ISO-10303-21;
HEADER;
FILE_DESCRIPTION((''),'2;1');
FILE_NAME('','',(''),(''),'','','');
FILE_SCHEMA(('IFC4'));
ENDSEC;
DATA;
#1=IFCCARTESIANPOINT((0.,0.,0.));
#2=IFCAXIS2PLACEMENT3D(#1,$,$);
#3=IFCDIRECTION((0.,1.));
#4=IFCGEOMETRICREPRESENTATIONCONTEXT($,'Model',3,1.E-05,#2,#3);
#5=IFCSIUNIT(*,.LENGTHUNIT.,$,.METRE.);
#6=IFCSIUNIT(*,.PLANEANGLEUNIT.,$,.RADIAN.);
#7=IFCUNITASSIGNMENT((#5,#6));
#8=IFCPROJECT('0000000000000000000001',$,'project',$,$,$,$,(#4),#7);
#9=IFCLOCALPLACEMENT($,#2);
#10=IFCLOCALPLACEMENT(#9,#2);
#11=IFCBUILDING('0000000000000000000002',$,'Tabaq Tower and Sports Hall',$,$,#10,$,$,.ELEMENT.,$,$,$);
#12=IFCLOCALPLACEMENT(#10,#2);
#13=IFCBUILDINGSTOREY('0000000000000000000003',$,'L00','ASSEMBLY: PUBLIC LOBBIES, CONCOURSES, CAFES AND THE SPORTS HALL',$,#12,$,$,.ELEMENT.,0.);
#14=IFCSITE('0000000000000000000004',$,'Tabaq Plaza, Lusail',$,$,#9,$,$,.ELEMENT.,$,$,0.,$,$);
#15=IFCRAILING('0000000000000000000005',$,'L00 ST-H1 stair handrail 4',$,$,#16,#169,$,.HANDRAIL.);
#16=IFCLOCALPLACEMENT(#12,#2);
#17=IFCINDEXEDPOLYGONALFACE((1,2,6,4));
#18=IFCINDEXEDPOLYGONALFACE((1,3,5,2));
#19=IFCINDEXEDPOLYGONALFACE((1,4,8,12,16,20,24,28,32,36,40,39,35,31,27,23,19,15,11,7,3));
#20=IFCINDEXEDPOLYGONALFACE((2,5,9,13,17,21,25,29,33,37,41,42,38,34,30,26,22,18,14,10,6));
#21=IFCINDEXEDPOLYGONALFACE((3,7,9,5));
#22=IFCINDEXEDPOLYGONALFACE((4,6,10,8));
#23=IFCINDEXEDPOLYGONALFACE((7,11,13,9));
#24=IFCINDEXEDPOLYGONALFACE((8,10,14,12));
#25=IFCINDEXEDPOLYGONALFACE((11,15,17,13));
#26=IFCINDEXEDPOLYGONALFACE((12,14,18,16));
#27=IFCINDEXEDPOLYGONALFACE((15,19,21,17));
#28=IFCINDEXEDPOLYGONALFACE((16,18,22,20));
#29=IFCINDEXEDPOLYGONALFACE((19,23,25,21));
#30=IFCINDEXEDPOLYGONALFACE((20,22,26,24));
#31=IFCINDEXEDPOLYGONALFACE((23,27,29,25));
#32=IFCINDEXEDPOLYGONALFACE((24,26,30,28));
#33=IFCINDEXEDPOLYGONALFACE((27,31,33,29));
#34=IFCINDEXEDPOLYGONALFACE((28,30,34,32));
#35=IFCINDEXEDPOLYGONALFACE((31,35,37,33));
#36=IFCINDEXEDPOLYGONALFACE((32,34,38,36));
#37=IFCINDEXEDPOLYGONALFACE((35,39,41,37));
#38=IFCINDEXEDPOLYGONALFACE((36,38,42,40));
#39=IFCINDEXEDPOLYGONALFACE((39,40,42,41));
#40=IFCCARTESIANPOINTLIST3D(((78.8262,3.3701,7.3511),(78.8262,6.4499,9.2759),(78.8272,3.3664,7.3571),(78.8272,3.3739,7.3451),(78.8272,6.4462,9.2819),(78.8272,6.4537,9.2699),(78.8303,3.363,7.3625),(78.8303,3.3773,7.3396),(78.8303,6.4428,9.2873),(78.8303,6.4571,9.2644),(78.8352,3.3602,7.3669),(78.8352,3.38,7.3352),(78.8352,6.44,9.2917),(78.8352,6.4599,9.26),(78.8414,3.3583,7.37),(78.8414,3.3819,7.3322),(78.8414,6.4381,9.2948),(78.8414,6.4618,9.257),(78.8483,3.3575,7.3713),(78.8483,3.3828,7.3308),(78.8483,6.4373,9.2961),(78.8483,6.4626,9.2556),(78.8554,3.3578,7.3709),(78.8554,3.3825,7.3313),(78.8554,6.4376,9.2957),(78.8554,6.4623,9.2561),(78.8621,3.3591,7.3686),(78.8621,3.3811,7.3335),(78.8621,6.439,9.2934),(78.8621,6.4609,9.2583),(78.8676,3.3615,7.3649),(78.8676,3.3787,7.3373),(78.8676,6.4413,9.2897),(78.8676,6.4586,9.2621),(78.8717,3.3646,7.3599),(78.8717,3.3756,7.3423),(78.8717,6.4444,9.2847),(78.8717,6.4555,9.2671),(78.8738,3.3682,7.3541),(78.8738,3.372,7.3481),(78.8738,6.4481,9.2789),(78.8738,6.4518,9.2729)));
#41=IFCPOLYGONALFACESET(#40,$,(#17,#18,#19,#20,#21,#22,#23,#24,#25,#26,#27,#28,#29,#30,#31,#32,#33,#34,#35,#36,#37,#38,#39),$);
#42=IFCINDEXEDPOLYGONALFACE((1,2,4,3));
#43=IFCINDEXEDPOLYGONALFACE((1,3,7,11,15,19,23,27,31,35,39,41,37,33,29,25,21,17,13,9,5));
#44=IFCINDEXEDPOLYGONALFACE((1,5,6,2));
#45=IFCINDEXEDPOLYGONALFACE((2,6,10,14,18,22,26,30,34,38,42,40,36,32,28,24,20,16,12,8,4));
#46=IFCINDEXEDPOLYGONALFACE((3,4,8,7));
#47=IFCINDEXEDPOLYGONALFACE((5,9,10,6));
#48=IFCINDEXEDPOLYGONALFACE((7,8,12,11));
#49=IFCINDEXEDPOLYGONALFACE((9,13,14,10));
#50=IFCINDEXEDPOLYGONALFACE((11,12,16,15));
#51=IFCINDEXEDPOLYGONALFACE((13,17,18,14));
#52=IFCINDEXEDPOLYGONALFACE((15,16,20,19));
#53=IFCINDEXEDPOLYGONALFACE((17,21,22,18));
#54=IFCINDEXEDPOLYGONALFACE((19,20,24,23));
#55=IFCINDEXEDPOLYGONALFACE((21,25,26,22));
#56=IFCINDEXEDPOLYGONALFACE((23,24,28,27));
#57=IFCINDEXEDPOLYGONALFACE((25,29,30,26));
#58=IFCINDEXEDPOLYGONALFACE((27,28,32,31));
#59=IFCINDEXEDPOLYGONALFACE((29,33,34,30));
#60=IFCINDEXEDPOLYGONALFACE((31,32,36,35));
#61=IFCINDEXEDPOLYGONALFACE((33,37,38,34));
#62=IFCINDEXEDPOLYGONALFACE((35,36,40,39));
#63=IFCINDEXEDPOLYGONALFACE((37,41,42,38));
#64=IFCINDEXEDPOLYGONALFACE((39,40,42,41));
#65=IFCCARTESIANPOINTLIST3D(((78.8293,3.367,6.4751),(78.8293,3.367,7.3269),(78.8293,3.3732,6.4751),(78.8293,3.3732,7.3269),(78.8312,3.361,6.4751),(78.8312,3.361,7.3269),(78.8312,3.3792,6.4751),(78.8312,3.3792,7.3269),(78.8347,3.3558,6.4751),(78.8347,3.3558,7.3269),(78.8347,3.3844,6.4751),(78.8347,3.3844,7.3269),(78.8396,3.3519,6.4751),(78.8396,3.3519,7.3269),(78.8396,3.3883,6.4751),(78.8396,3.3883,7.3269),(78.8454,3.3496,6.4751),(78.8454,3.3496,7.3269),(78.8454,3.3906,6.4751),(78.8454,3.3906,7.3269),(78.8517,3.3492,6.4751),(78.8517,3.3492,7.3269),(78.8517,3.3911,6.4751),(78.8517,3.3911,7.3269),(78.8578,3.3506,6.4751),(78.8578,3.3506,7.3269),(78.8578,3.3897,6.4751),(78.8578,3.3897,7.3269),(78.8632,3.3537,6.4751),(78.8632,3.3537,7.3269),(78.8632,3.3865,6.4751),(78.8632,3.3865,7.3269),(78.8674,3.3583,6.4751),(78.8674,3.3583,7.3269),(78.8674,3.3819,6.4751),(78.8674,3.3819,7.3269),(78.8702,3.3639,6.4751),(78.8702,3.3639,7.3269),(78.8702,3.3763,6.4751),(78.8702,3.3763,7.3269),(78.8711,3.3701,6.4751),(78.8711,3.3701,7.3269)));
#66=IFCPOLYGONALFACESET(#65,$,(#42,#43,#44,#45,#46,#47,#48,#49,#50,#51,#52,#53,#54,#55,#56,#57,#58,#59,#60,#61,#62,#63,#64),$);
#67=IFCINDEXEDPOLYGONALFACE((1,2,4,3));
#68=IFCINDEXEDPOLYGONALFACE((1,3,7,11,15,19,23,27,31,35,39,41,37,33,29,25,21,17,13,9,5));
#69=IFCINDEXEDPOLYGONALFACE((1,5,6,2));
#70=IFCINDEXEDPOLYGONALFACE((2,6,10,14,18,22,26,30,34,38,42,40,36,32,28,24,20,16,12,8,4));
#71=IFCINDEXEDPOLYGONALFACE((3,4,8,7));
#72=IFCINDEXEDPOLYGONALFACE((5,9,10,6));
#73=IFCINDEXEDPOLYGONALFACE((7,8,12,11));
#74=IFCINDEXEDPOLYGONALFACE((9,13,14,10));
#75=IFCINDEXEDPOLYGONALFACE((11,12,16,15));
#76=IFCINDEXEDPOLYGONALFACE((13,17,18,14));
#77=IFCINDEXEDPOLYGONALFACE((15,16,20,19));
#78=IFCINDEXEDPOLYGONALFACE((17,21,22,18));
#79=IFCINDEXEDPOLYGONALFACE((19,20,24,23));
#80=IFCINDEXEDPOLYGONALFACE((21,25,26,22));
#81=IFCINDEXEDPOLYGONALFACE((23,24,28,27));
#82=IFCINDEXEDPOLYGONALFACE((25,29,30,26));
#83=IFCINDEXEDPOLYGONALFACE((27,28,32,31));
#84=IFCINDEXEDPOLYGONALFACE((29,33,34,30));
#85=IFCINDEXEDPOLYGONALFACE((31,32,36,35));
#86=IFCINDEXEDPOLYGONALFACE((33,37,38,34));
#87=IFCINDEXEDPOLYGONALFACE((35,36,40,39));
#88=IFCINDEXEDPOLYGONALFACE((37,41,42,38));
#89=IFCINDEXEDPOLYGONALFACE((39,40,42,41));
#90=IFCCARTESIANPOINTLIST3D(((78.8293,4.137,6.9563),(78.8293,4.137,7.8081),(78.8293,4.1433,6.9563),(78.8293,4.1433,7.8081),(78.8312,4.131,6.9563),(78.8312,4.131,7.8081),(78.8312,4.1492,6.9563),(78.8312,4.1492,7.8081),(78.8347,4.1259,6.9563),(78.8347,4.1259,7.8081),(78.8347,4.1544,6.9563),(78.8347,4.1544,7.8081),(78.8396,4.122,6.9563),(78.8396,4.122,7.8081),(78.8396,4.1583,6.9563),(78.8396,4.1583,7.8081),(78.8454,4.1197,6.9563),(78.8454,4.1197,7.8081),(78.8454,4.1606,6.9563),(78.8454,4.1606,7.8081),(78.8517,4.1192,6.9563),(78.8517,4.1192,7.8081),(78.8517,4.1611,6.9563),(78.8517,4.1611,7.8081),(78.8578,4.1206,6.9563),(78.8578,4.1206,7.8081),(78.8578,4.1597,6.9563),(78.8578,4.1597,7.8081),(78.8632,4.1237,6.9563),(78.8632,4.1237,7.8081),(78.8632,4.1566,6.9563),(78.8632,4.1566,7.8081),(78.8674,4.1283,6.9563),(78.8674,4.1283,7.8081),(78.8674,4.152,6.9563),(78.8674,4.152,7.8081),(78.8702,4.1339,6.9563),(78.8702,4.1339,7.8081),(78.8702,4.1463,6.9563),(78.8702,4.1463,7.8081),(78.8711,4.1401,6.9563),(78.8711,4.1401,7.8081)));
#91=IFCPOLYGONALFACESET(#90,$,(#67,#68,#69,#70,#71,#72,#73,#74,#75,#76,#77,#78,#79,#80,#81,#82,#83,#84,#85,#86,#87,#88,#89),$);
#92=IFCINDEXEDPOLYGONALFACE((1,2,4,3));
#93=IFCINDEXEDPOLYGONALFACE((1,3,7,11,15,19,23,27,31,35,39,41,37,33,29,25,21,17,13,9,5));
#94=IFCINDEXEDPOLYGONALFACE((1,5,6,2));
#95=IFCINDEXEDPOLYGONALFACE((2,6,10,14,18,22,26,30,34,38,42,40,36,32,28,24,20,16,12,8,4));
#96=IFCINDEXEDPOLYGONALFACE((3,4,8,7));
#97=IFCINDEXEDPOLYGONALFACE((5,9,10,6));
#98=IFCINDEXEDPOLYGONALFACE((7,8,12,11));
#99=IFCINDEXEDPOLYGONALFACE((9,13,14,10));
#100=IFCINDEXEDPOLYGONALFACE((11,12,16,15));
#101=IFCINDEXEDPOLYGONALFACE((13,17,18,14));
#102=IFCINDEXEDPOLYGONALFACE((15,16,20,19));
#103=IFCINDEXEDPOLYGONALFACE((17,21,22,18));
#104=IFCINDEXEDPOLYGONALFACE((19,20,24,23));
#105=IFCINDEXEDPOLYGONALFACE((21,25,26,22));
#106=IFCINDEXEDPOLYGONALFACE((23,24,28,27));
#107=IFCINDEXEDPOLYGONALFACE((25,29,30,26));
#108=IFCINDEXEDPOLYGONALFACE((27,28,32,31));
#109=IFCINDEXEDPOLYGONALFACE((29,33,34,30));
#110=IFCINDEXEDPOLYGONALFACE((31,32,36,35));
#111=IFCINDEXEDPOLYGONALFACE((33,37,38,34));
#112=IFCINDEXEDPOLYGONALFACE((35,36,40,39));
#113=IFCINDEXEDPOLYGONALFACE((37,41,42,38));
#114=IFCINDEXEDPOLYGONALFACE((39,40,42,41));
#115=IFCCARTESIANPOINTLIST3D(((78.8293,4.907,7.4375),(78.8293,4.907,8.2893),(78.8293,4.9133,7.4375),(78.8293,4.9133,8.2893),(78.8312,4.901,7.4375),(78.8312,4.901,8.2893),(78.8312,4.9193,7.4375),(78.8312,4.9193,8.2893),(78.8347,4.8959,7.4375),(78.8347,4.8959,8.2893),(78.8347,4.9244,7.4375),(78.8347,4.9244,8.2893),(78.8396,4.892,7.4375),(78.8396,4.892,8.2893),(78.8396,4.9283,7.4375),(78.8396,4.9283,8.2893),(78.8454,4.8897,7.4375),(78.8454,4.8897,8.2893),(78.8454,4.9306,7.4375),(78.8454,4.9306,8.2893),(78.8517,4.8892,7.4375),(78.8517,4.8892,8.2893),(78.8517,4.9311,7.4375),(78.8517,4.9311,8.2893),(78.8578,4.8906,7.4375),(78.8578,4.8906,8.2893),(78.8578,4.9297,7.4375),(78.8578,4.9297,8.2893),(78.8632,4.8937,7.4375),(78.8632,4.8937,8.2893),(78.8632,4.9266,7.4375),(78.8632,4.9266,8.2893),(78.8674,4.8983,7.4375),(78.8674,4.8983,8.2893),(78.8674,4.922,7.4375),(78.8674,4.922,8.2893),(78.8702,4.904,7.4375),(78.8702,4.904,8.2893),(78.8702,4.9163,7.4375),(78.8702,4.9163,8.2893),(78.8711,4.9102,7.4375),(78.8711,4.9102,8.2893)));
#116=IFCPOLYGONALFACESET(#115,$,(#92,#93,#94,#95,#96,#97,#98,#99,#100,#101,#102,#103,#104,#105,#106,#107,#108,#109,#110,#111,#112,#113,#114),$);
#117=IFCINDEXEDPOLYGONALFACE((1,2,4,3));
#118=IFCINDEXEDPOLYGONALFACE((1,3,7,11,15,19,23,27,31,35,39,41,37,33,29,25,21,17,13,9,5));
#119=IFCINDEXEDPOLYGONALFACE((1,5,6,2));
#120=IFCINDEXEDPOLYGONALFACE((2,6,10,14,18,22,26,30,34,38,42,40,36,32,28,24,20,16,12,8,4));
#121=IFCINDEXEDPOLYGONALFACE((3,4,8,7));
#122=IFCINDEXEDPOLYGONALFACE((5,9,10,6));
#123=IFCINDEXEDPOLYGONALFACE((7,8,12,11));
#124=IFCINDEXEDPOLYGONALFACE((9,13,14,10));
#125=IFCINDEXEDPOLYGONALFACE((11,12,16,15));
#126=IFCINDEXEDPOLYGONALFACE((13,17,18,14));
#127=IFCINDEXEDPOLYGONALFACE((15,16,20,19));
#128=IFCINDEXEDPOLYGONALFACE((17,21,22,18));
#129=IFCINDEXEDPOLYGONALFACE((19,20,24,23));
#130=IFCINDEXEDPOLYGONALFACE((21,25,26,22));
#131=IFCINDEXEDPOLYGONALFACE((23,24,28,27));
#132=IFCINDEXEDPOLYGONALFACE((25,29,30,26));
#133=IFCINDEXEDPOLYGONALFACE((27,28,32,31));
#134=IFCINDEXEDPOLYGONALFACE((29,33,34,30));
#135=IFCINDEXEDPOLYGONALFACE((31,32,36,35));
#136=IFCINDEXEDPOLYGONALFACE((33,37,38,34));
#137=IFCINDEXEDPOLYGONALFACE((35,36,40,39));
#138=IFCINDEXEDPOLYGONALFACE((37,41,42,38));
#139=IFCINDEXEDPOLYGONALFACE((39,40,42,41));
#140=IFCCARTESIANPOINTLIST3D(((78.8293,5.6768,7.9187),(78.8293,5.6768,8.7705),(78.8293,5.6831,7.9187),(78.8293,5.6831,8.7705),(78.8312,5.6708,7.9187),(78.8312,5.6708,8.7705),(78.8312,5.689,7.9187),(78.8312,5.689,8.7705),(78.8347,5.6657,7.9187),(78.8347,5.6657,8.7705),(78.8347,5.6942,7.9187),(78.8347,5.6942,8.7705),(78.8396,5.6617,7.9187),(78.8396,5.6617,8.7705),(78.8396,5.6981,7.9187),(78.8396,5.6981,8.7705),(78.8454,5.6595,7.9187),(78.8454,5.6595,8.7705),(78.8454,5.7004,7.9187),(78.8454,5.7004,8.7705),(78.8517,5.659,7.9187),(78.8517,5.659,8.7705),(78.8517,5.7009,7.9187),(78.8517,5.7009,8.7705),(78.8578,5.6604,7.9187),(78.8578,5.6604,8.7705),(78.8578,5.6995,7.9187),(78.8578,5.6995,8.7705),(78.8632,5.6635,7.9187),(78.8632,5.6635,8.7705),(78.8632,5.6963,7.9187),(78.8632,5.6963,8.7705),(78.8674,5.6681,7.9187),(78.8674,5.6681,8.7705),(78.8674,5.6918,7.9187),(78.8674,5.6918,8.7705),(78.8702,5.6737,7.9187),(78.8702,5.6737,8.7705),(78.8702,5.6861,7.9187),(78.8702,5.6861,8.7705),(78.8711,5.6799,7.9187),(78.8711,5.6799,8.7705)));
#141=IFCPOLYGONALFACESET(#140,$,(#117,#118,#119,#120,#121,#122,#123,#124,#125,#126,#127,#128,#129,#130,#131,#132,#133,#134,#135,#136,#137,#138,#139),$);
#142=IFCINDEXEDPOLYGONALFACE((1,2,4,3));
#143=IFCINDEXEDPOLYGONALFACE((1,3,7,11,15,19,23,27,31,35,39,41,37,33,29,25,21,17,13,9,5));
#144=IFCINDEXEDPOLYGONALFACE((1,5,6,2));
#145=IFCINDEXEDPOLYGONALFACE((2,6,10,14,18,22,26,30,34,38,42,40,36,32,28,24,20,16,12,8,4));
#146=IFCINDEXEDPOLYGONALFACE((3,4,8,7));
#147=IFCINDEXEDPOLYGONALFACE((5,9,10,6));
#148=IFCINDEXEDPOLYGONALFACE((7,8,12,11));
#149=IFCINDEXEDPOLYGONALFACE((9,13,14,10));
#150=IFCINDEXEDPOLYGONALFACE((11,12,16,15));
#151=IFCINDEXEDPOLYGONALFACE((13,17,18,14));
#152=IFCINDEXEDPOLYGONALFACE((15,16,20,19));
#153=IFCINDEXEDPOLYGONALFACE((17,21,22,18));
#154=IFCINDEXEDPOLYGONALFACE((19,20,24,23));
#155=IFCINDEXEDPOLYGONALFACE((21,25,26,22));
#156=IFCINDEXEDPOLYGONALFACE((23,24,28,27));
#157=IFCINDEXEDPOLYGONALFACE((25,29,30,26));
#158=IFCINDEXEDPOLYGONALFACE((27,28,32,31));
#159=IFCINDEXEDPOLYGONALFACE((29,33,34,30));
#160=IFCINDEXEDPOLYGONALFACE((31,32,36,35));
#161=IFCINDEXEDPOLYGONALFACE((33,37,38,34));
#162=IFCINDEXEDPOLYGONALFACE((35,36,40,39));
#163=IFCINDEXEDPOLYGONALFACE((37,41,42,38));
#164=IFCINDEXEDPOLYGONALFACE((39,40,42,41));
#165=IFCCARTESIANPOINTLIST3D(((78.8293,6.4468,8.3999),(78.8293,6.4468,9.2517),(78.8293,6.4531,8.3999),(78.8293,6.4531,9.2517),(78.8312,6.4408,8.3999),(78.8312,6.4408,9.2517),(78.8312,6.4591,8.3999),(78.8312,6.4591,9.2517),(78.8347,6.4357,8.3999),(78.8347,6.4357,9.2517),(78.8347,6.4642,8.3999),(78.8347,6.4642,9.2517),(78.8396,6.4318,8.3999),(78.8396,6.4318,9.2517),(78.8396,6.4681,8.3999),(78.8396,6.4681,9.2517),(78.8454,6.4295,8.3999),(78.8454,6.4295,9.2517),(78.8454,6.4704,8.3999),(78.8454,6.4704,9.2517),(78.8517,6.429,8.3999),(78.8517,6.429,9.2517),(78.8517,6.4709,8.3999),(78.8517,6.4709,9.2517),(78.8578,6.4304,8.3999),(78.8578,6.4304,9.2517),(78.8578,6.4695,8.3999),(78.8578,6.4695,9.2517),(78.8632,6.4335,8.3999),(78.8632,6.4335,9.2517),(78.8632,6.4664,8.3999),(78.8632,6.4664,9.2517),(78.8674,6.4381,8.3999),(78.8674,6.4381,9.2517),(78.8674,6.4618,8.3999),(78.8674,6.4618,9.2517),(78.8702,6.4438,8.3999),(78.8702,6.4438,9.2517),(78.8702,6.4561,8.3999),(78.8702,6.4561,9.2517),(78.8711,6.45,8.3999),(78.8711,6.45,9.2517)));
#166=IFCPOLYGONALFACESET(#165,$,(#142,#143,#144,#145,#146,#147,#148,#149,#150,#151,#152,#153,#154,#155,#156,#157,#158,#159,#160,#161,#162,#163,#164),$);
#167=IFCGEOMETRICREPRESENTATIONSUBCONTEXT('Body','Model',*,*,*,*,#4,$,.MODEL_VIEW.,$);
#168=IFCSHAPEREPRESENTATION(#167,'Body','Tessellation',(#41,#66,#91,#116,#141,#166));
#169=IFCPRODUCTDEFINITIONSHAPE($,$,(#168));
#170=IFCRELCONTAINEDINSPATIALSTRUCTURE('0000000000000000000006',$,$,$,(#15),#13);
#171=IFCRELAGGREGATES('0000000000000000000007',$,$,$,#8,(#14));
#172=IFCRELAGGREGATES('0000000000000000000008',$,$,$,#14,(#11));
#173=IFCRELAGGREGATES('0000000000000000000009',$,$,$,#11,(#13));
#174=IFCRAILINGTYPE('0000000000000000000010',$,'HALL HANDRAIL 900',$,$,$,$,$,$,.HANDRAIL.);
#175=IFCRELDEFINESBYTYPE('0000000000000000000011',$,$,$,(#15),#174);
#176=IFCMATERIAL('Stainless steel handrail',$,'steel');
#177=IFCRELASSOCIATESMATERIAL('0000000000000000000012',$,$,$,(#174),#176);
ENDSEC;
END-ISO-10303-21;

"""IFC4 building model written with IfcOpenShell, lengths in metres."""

from ifc_helpers import new_model, si_unit, direction, frame, origin, origin_2d, place, context, subcontext, project, spatial, circle, extrude, material, type_object, element, save


model = new_model("IFC4")

# Units and contexts
model_context = context("Model", 3, precision=1e-05, world=origin(), true_north=direction((0.0, 1.0)))
body_context = subcontext(model_context, "Body", "Model", "MODEL_VIEW")
ifc_project = project(units=[si_unit("LENGTHUNIT", "METRE"), si_unit("PLANEANGLEUNIT", "RADIAN")], contexts=[model_context])

# Site, building, storey
site_placement = place(None, origin())
site = spatial("IfcSite", under=ifc_project, at=site_placement, Name="Tabaq Plaza, Lusail", CompositionType="ELEMENT", RefElevation=0.0)
building_placement = place(site_placement, origin())
building = spatial("IfcBuilding", under=site, at=building_placement, Name="Tabaq Tower and Sports Hall", CompositionType="ELEMENT")
storey_placement = place(building_placement, origin())
storey = spatial("IfcBuildingStorey", under=building, at=storey_placement, Name="L00", Description="ASSEMBLY: PUBLIC LOBBIES, CONCOURSES, CAFES AND THE SPORTS HALL", CompositionType="ELEMENT", Elevation=0.0)

# Railing
ifc_material_1 = material(Name="Stainless steel handrail", Category="steel")
railing_type_1 = type_object("IfcRailingType", Name="HALL HANDRAIL 900", PredefinedType="HANDRAIL", material=ifc_material_1)
railing_1_placement = place(storey_placement, frame((78.8501, 3.3701, 6.4751)))
element("IfcRailing", 1, at=railing_1_placement, inside=storey, type_object=railing_type_1, Name="L00 ST-H1 stair handrail 4", PredefinedType="HANDRAIL", context=body_context, shape_type="SweptSolid", body=[
    extrude(circle(Radius=0.0239, at=origin_2d()), frame((0.0, 0.0, 0.876), z_axis=(0.0, 0.84801, 0.529981), x_axis=(-1.0, 0.0, 0.0)), (0.0, 0.0, 1.0), 3.6318),
    extrude(circle(Radius=0.021, at=origin_2d()), origin(), (0.0, 0.0, 1.0), 0.8518),
    extrude(circle(Radius=0.021, at=origin_2d()), frame((0.0, 0.77, 0.4812)), (0.0, 0.0, 1.0), 0.8518),
    extrude(circle(Radius=0.021, at=origin_2d()), frame((0.0, 1.54, 0.9624)), (0.0, 0.0, 1.0), 0.8518),
    extrude(circle(Radius=0.021, at=origin_2d()), frame((0.0, 2.3098, 1.4436)), (0.0, 0.0, 1.0), 0.8518),
    extrude(circle(Radius=0.021, at=origin_2d()), frame((0.0, 3.0798, 1.9248)), (0.0, 0.0, 1.0), 0.8518),
])

save(model, "model.ifc")
